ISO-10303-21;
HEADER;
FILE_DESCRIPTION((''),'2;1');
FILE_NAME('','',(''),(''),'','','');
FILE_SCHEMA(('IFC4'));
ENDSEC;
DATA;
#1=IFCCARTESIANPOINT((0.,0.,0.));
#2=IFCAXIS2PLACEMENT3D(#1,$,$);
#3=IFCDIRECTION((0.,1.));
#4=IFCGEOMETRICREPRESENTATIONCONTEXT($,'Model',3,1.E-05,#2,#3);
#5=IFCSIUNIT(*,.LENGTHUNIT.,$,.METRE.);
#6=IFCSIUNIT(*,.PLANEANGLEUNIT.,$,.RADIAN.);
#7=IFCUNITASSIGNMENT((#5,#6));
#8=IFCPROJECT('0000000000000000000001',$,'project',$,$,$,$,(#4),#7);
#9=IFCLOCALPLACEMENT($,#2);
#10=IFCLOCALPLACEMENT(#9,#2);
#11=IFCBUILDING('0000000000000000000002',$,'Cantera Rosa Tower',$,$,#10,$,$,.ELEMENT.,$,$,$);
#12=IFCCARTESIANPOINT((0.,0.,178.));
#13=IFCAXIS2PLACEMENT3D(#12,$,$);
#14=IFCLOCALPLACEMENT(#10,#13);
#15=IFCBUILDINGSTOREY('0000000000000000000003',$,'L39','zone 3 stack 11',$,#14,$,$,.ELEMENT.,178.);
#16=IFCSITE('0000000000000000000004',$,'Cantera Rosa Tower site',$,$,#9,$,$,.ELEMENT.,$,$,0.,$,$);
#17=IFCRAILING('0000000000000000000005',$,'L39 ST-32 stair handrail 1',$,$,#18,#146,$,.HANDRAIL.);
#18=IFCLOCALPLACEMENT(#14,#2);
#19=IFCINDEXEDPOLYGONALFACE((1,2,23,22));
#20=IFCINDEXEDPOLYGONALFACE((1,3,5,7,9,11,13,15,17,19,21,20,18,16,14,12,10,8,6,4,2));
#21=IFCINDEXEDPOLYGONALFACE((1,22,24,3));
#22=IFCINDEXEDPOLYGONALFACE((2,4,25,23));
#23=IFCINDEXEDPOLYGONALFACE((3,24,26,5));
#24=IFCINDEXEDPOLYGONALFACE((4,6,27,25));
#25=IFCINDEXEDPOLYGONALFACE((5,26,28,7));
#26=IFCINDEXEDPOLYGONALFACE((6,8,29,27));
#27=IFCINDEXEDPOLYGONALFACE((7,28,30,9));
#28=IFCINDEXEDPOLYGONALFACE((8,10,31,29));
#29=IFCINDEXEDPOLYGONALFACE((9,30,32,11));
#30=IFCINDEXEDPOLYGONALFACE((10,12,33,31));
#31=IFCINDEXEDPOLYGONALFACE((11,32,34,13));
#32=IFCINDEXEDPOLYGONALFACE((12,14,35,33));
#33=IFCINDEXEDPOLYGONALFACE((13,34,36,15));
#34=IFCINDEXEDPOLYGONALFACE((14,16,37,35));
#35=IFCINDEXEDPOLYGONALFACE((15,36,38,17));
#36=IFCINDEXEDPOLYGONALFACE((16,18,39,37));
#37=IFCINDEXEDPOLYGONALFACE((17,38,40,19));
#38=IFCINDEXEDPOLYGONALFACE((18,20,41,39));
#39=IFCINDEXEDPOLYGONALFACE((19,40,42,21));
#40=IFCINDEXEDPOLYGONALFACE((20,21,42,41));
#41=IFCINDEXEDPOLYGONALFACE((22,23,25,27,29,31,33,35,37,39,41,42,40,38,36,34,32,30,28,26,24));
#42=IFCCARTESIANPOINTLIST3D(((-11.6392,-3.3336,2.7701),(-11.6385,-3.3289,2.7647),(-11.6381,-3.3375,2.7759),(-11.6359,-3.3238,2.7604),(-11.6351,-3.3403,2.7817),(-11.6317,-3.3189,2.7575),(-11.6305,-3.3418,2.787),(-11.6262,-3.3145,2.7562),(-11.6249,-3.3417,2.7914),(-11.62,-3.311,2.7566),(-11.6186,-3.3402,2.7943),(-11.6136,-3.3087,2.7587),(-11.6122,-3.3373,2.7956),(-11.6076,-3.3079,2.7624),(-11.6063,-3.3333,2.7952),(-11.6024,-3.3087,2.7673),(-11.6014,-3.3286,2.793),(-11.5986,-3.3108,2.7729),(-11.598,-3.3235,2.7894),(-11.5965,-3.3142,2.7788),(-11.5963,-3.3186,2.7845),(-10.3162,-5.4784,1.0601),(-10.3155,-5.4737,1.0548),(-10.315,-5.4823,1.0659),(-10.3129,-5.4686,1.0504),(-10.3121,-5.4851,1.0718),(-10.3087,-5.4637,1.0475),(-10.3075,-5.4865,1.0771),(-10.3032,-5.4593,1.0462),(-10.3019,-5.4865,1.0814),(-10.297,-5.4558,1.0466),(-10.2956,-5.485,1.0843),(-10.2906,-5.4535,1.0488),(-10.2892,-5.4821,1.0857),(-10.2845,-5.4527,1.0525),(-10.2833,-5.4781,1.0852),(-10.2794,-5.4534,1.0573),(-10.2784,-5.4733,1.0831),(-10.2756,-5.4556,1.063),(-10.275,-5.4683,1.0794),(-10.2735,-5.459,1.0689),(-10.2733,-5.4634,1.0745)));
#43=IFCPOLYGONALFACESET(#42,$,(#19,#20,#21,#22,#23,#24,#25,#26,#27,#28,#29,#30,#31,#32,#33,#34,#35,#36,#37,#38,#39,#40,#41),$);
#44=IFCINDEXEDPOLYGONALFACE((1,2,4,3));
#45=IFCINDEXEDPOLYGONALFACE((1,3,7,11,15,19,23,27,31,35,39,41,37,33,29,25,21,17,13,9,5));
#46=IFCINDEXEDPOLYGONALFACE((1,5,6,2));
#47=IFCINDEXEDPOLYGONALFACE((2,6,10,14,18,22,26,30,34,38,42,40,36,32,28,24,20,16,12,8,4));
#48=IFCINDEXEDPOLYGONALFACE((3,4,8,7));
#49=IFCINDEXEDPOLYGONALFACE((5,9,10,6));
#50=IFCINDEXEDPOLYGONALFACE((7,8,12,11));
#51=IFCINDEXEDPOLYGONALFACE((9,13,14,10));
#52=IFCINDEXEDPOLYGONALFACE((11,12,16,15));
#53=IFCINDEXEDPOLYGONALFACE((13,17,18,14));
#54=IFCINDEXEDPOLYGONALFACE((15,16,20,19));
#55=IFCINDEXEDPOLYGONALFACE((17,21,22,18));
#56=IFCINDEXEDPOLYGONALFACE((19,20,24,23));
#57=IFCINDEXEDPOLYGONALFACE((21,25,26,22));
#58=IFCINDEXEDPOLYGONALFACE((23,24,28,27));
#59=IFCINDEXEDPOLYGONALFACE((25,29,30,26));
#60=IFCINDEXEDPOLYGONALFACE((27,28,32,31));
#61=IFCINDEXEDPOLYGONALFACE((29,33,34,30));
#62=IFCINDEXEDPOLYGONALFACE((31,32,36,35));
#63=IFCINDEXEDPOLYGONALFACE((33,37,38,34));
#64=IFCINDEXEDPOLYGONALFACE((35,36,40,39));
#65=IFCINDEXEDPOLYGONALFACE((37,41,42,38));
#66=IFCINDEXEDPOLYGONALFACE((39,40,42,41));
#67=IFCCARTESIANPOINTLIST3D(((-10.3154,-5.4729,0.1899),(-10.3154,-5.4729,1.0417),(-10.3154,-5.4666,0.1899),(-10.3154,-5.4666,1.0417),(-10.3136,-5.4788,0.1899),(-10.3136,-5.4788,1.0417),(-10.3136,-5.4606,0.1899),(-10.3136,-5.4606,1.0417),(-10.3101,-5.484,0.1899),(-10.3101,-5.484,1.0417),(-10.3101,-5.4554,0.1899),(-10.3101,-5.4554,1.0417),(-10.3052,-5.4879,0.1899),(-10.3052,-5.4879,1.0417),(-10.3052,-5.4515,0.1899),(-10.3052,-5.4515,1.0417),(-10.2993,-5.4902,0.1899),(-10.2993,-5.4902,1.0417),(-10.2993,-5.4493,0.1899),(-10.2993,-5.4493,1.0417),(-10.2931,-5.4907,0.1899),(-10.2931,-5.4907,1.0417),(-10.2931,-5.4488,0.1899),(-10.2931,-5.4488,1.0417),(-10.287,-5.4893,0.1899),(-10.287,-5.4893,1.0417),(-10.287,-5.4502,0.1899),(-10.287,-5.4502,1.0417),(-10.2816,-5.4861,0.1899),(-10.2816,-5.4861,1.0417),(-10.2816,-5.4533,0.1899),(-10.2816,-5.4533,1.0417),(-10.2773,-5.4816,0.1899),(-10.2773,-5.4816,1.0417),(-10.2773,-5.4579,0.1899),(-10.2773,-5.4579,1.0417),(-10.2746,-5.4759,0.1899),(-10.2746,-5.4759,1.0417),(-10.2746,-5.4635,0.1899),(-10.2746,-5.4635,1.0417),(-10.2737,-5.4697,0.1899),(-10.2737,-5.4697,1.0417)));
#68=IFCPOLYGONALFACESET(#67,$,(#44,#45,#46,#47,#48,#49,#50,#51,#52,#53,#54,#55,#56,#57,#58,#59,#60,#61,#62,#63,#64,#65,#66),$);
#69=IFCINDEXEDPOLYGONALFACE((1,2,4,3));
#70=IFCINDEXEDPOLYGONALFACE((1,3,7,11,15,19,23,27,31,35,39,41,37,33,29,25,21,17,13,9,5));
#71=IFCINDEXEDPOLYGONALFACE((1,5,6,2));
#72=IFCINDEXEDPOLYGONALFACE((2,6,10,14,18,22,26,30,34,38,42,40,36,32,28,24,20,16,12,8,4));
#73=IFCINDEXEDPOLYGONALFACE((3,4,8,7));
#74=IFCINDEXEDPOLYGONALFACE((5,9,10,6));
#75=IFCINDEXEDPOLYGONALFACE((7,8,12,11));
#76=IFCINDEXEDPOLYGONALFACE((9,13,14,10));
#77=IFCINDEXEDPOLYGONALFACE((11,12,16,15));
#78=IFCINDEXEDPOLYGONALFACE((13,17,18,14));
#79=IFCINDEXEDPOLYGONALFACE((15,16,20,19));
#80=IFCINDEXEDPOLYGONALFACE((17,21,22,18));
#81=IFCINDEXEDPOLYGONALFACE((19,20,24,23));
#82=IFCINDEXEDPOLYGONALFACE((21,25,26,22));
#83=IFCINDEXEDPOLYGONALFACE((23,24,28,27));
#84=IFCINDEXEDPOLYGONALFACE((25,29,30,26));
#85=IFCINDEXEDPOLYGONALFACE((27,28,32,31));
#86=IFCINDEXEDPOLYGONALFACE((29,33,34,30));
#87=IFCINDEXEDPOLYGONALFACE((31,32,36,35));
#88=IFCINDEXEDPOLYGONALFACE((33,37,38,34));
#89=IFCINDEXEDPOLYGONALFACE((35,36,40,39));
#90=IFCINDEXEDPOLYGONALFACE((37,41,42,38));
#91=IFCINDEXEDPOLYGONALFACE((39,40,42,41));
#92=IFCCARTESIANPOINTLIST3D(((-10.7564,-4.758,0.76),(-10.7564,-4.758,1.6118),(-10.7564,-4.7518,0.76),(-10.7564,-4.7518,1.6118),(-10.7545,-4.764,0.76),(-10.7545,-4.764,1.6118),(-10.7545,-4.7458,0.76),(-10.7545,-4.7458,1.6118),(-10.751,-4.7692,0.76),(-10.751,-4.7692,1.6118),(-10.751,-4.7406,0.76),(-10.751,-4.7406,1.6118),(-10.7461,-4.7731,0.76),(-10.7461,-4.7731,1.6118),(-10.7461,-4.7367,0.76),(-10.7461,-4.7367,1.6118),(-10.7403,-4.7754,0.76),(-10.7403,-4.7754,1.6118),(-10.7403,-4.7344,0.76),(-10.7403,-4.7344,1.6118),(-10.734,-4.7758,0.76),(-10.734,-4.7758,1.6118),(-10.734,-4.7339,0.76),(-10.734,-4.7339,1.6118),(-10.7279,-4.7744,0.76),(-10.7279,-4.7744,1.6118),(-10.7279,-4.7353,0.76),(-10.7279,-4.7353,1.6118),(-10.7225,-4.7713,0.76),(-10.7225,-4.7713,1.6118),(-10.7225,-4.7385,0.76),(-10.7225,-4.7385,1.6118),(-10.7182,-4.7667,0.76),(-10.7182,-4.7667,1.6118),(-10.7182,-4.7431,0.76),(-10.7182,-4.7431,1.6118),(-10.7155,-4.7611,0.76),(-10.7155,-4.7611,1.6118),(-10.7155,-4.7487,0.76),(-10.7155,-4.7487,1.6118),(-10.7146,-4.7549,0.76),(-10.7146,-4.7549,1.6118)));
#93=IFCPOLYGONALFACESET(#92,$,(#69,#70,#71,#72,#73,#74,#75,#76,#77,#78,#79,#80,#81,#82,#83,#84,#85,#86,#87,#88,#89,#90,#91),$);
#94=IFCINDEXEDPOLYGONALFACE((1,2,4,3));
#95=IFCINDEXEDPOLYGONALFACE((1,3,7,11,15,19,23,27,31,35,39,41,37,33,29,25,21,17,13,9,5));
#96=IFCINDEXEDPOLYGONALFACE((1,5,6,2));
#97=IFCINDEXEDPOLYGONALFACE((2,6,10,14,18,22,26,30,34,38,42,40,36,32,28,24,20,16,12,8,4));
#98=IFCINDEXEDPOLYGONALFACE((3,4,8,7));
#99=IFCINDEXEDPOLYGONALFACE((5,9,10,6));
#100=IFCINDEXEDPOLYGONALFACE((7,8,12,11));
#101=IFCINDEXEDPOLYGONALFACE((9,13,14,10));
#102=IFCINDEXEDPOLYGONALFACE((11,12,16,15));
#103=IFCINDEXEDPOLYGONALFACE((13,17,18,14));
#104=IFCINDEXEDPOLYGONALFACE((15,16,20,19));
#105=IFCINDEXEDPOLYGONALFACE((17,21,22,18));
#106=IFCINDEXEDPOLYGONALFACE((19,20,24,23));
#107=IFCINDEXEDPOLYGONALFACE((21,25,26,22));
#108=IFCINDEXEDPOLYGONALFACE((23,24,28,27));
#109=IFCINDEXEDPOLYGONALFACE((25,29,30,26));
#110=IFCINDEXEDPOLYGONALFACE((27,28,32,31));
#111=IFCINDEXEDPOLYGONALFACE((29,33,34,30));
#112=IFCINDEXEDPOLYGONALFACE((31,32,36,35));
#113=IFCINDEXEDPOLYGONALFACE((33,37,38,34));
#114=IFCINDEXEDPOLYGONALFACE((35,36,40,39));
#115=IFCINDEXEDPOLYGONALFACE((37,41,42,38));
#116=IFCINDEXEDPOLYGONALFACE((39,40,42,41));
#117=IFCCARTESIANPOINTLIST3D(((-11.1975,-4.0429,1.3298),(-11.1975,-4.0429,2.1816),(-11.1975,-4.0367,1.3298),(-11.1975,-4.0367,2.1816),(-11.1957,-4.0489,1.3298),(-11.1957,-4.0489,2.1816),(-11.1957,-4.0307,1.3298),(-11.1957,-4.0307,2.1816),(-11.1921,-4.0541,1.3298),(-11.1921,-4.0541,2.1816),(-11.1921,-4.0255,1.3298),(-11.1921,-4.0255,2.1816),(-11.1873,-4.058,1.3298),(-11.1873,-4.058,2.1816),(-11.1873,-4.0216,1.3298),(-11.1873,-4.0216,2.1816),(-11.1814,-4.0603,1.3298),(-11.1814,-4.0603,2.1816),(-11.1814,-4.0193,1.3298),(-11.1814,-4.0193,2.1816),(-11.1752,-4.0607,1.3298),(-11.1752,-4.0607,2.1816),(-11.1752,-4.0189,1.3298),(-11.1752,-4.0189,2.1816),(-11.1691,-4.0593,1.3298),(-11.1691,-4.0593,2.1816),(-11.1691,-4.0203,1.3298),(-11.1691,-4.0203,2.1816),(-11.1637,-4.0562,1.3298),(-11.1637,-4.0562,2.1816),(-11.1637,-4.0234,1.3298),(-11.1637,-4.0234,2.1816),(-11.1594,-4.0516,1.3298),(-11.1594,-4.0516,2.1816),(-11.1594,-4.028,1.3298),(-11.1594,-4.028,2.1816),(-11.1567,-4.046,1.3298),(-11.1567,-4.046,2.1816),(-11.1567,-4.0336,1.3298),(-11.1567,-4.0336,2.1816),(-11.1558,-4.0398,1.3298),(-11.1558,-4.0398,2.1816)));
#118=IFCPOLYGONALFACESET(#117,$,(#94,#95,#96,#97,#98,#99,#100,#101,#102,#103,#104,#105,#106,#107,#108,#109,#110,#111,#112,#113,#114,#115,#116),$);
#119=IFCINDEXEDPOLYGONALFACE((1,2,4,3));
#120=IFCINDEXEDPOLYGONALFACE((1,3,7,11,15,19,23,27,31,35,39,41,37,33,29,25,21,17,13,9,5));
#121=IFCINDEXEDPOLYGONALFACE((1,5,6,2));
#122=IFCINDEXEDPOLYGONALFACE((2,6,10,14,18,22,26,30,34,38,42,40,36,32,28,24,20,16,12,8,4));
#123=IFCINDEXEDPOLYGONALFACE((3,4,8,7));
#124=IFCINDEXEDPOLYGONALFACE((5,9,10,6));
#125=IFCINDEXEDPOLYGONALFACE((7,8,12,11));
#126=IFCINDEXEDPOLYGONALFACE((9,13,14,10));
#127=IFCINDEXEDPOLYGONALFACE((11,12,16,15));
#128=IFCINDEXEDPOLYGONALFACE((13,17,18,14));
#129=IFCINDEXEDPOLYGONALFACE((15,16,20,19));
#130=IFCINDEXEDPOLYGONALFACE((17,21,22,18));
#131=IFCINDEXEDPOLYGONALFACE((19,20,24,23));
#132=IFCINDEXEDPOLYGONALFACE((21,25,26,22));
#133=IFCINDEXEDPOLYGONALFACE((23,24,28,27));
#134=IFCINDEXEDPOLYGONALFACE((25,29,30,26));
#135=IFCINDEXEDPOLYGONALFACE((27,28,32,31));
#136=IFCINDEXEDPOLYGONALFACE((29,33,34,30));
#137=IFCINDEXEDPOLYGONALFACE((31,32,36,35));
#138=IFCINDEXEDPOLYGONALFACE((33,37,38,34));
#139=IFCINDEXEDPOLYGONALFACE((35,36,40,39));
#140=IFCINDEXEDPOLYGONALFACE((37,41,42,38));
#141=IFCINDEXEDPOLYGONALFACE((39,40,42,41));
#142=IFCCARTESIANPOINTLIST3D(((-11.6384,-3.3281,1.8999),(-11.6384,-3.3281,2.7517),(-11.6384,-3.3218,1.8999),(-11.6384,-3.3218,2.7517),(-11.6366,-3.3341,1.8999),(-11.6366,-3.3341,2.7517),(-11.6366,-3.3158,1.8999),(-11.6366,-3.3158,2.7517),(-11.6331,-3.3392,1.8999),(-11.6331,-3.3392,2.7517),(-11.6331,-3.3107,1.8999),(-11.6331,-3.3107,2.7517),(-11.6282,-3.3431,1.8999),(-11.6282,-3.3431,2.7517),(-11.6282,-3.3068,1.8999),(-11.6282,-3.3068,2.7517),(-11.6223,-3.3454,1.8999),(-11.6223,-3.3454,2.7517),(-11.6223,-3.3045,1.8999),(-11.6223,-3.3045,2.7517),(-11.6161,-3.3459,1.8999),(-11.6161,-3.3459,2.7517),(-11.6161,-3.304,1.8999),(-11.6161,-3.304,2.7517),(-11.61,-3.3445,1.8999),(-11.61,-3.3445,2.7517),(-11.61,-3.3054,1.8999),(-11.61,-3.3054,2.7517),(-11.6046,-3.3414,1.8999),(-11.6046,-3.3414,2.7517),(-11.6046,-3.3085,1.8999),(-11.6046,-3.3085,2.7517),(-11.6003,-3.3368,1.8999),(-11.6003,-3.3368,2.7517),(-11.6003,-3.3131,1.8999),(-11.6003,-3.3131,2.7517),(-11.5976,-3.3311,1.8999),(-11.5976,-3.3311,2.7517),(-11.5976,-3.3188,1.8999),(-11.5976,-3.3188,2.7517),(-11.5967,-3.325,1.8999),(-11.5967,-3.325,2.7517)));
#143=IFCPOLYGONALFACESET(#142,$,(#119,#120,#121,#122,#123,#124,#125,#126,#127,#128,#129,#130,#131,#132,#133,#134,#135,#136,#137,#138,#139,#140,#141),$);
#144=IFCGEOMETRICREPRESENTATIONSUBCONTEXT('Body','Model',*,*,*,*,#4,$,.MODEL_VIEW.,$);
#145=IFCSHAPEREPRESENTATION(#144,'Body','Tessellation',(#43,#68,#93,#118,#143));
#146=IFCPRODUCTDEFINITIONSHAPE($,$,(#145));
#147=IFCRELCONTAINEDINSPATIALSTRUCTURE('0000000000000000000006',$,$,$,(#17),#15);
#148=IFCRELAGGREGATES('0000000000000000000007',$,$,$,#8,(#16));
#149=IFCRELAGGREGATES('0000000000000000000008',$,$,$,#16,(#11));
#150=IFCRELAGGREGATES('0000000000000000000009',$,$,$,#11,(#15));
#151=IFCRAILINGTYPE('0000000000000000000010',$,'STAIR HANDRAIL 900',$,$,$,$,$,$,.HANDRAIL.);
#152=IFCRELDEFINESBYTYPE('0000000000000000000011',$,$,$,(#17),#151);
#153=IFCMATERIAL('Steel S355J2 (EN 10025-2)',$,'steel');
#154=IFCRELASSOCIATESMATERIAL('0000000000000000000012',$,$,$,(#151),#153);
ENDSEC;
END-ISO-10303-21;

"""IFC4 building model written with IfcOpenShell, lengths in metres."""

from ifc_helpers import new_model, si_unit, direction, frame, origin, origin_2d, place, context, subcontext, project, spatial, circle, extrude, material, type_object, element, save


model = new_model("IFC4")

# Units and contexts
model_context = context("Model", 3, precision=1e-05, world=origin(), true_north=direction((0.0, 1.0)))
body_context = subcontext(model_context, "Body", "Model", "MODEL_VIEW")
ifc_project = project(units=[si_unit("LENGTHUNIT", "METRE"), si_unit("PLANEANGLEUNIT", "RADIAN")], contexts=[model_context])

# Site, building, storey
site_placement = place(None, origin())
site = spatial("IfcSite", under=ifc_project, at=site_placement, Name="Cantera Rosa Tower site", CompositionType="ELEMENT", RefElevation=0.0)
building_placement = place(site_placement, origin())
building = spatial("IfcBuilding", under=site, at=building_placement, Name="Cantera Rosa Tower", CompositionType="ELEMENT")
storey_placement = place(building_placement, frame((0.0, 0.0, 178.0)))
storey = spatial("IfcBuildingStorey", under=building, at=storey_placement, Name="L39", Description="zone 3 stack 11", CompositionType="ELEMENT", Elevation=178.0)

# Railing
ifc_material_1 = material(Name="Steel S355J2 (EN 10025-2)", Category="steel")
railing_type_1 = type_object("IfcRailingType", Name="STAIR HANDRAIL 900", PredefinedType="HANDRAIL", material=ifc_material_1)
railing_1_placement = place(storey_placement, frame((-10.2947, -5.4697, 0.1899)))
element("IfcRailing", 1, at=railing_1_placement, inside=storey, type_object=railing_type_1, Name="L39 ST-32 stair handrail 1", PredefinedType="HANDRAIL", context=body_context, shape_type="SweptSolid", body=[
    extrude(circle(Radius=0.0239, at=origin_2d()), frame((0.0, 0.0, 0.876), z_axis=(-0.434428, 0.704271, 0.561493), x_axis=(-0.851102, -0.525, 0.0)), (0.0, 0.0, 1.0), 3.0454),
    extrude(circle(Radius=0.021, at=origin_2d()), origin(), (0.0, 0.0, 1.0), 0.8518),
    extrude(circle(Radius=0.021, at=origin_2d()), frame((-0.4409, 0.7148, 0.5701)), (0.0, 0.0, 1.0), 0.8518),
    extrude(circle(Radius=0.021, at=origin_2d()), frame((-0.8821, 1.4299, 1.1399)), (0.0, 0.0, 1.0), 0.8518),
    extrude(circle(Radius=0.021, at=origin_2d()), frame((-1.323, 2.1448, 1.71)), (0.0, 0.0, 1.0), 0.8518),
])

save(model, "model.ifc")
